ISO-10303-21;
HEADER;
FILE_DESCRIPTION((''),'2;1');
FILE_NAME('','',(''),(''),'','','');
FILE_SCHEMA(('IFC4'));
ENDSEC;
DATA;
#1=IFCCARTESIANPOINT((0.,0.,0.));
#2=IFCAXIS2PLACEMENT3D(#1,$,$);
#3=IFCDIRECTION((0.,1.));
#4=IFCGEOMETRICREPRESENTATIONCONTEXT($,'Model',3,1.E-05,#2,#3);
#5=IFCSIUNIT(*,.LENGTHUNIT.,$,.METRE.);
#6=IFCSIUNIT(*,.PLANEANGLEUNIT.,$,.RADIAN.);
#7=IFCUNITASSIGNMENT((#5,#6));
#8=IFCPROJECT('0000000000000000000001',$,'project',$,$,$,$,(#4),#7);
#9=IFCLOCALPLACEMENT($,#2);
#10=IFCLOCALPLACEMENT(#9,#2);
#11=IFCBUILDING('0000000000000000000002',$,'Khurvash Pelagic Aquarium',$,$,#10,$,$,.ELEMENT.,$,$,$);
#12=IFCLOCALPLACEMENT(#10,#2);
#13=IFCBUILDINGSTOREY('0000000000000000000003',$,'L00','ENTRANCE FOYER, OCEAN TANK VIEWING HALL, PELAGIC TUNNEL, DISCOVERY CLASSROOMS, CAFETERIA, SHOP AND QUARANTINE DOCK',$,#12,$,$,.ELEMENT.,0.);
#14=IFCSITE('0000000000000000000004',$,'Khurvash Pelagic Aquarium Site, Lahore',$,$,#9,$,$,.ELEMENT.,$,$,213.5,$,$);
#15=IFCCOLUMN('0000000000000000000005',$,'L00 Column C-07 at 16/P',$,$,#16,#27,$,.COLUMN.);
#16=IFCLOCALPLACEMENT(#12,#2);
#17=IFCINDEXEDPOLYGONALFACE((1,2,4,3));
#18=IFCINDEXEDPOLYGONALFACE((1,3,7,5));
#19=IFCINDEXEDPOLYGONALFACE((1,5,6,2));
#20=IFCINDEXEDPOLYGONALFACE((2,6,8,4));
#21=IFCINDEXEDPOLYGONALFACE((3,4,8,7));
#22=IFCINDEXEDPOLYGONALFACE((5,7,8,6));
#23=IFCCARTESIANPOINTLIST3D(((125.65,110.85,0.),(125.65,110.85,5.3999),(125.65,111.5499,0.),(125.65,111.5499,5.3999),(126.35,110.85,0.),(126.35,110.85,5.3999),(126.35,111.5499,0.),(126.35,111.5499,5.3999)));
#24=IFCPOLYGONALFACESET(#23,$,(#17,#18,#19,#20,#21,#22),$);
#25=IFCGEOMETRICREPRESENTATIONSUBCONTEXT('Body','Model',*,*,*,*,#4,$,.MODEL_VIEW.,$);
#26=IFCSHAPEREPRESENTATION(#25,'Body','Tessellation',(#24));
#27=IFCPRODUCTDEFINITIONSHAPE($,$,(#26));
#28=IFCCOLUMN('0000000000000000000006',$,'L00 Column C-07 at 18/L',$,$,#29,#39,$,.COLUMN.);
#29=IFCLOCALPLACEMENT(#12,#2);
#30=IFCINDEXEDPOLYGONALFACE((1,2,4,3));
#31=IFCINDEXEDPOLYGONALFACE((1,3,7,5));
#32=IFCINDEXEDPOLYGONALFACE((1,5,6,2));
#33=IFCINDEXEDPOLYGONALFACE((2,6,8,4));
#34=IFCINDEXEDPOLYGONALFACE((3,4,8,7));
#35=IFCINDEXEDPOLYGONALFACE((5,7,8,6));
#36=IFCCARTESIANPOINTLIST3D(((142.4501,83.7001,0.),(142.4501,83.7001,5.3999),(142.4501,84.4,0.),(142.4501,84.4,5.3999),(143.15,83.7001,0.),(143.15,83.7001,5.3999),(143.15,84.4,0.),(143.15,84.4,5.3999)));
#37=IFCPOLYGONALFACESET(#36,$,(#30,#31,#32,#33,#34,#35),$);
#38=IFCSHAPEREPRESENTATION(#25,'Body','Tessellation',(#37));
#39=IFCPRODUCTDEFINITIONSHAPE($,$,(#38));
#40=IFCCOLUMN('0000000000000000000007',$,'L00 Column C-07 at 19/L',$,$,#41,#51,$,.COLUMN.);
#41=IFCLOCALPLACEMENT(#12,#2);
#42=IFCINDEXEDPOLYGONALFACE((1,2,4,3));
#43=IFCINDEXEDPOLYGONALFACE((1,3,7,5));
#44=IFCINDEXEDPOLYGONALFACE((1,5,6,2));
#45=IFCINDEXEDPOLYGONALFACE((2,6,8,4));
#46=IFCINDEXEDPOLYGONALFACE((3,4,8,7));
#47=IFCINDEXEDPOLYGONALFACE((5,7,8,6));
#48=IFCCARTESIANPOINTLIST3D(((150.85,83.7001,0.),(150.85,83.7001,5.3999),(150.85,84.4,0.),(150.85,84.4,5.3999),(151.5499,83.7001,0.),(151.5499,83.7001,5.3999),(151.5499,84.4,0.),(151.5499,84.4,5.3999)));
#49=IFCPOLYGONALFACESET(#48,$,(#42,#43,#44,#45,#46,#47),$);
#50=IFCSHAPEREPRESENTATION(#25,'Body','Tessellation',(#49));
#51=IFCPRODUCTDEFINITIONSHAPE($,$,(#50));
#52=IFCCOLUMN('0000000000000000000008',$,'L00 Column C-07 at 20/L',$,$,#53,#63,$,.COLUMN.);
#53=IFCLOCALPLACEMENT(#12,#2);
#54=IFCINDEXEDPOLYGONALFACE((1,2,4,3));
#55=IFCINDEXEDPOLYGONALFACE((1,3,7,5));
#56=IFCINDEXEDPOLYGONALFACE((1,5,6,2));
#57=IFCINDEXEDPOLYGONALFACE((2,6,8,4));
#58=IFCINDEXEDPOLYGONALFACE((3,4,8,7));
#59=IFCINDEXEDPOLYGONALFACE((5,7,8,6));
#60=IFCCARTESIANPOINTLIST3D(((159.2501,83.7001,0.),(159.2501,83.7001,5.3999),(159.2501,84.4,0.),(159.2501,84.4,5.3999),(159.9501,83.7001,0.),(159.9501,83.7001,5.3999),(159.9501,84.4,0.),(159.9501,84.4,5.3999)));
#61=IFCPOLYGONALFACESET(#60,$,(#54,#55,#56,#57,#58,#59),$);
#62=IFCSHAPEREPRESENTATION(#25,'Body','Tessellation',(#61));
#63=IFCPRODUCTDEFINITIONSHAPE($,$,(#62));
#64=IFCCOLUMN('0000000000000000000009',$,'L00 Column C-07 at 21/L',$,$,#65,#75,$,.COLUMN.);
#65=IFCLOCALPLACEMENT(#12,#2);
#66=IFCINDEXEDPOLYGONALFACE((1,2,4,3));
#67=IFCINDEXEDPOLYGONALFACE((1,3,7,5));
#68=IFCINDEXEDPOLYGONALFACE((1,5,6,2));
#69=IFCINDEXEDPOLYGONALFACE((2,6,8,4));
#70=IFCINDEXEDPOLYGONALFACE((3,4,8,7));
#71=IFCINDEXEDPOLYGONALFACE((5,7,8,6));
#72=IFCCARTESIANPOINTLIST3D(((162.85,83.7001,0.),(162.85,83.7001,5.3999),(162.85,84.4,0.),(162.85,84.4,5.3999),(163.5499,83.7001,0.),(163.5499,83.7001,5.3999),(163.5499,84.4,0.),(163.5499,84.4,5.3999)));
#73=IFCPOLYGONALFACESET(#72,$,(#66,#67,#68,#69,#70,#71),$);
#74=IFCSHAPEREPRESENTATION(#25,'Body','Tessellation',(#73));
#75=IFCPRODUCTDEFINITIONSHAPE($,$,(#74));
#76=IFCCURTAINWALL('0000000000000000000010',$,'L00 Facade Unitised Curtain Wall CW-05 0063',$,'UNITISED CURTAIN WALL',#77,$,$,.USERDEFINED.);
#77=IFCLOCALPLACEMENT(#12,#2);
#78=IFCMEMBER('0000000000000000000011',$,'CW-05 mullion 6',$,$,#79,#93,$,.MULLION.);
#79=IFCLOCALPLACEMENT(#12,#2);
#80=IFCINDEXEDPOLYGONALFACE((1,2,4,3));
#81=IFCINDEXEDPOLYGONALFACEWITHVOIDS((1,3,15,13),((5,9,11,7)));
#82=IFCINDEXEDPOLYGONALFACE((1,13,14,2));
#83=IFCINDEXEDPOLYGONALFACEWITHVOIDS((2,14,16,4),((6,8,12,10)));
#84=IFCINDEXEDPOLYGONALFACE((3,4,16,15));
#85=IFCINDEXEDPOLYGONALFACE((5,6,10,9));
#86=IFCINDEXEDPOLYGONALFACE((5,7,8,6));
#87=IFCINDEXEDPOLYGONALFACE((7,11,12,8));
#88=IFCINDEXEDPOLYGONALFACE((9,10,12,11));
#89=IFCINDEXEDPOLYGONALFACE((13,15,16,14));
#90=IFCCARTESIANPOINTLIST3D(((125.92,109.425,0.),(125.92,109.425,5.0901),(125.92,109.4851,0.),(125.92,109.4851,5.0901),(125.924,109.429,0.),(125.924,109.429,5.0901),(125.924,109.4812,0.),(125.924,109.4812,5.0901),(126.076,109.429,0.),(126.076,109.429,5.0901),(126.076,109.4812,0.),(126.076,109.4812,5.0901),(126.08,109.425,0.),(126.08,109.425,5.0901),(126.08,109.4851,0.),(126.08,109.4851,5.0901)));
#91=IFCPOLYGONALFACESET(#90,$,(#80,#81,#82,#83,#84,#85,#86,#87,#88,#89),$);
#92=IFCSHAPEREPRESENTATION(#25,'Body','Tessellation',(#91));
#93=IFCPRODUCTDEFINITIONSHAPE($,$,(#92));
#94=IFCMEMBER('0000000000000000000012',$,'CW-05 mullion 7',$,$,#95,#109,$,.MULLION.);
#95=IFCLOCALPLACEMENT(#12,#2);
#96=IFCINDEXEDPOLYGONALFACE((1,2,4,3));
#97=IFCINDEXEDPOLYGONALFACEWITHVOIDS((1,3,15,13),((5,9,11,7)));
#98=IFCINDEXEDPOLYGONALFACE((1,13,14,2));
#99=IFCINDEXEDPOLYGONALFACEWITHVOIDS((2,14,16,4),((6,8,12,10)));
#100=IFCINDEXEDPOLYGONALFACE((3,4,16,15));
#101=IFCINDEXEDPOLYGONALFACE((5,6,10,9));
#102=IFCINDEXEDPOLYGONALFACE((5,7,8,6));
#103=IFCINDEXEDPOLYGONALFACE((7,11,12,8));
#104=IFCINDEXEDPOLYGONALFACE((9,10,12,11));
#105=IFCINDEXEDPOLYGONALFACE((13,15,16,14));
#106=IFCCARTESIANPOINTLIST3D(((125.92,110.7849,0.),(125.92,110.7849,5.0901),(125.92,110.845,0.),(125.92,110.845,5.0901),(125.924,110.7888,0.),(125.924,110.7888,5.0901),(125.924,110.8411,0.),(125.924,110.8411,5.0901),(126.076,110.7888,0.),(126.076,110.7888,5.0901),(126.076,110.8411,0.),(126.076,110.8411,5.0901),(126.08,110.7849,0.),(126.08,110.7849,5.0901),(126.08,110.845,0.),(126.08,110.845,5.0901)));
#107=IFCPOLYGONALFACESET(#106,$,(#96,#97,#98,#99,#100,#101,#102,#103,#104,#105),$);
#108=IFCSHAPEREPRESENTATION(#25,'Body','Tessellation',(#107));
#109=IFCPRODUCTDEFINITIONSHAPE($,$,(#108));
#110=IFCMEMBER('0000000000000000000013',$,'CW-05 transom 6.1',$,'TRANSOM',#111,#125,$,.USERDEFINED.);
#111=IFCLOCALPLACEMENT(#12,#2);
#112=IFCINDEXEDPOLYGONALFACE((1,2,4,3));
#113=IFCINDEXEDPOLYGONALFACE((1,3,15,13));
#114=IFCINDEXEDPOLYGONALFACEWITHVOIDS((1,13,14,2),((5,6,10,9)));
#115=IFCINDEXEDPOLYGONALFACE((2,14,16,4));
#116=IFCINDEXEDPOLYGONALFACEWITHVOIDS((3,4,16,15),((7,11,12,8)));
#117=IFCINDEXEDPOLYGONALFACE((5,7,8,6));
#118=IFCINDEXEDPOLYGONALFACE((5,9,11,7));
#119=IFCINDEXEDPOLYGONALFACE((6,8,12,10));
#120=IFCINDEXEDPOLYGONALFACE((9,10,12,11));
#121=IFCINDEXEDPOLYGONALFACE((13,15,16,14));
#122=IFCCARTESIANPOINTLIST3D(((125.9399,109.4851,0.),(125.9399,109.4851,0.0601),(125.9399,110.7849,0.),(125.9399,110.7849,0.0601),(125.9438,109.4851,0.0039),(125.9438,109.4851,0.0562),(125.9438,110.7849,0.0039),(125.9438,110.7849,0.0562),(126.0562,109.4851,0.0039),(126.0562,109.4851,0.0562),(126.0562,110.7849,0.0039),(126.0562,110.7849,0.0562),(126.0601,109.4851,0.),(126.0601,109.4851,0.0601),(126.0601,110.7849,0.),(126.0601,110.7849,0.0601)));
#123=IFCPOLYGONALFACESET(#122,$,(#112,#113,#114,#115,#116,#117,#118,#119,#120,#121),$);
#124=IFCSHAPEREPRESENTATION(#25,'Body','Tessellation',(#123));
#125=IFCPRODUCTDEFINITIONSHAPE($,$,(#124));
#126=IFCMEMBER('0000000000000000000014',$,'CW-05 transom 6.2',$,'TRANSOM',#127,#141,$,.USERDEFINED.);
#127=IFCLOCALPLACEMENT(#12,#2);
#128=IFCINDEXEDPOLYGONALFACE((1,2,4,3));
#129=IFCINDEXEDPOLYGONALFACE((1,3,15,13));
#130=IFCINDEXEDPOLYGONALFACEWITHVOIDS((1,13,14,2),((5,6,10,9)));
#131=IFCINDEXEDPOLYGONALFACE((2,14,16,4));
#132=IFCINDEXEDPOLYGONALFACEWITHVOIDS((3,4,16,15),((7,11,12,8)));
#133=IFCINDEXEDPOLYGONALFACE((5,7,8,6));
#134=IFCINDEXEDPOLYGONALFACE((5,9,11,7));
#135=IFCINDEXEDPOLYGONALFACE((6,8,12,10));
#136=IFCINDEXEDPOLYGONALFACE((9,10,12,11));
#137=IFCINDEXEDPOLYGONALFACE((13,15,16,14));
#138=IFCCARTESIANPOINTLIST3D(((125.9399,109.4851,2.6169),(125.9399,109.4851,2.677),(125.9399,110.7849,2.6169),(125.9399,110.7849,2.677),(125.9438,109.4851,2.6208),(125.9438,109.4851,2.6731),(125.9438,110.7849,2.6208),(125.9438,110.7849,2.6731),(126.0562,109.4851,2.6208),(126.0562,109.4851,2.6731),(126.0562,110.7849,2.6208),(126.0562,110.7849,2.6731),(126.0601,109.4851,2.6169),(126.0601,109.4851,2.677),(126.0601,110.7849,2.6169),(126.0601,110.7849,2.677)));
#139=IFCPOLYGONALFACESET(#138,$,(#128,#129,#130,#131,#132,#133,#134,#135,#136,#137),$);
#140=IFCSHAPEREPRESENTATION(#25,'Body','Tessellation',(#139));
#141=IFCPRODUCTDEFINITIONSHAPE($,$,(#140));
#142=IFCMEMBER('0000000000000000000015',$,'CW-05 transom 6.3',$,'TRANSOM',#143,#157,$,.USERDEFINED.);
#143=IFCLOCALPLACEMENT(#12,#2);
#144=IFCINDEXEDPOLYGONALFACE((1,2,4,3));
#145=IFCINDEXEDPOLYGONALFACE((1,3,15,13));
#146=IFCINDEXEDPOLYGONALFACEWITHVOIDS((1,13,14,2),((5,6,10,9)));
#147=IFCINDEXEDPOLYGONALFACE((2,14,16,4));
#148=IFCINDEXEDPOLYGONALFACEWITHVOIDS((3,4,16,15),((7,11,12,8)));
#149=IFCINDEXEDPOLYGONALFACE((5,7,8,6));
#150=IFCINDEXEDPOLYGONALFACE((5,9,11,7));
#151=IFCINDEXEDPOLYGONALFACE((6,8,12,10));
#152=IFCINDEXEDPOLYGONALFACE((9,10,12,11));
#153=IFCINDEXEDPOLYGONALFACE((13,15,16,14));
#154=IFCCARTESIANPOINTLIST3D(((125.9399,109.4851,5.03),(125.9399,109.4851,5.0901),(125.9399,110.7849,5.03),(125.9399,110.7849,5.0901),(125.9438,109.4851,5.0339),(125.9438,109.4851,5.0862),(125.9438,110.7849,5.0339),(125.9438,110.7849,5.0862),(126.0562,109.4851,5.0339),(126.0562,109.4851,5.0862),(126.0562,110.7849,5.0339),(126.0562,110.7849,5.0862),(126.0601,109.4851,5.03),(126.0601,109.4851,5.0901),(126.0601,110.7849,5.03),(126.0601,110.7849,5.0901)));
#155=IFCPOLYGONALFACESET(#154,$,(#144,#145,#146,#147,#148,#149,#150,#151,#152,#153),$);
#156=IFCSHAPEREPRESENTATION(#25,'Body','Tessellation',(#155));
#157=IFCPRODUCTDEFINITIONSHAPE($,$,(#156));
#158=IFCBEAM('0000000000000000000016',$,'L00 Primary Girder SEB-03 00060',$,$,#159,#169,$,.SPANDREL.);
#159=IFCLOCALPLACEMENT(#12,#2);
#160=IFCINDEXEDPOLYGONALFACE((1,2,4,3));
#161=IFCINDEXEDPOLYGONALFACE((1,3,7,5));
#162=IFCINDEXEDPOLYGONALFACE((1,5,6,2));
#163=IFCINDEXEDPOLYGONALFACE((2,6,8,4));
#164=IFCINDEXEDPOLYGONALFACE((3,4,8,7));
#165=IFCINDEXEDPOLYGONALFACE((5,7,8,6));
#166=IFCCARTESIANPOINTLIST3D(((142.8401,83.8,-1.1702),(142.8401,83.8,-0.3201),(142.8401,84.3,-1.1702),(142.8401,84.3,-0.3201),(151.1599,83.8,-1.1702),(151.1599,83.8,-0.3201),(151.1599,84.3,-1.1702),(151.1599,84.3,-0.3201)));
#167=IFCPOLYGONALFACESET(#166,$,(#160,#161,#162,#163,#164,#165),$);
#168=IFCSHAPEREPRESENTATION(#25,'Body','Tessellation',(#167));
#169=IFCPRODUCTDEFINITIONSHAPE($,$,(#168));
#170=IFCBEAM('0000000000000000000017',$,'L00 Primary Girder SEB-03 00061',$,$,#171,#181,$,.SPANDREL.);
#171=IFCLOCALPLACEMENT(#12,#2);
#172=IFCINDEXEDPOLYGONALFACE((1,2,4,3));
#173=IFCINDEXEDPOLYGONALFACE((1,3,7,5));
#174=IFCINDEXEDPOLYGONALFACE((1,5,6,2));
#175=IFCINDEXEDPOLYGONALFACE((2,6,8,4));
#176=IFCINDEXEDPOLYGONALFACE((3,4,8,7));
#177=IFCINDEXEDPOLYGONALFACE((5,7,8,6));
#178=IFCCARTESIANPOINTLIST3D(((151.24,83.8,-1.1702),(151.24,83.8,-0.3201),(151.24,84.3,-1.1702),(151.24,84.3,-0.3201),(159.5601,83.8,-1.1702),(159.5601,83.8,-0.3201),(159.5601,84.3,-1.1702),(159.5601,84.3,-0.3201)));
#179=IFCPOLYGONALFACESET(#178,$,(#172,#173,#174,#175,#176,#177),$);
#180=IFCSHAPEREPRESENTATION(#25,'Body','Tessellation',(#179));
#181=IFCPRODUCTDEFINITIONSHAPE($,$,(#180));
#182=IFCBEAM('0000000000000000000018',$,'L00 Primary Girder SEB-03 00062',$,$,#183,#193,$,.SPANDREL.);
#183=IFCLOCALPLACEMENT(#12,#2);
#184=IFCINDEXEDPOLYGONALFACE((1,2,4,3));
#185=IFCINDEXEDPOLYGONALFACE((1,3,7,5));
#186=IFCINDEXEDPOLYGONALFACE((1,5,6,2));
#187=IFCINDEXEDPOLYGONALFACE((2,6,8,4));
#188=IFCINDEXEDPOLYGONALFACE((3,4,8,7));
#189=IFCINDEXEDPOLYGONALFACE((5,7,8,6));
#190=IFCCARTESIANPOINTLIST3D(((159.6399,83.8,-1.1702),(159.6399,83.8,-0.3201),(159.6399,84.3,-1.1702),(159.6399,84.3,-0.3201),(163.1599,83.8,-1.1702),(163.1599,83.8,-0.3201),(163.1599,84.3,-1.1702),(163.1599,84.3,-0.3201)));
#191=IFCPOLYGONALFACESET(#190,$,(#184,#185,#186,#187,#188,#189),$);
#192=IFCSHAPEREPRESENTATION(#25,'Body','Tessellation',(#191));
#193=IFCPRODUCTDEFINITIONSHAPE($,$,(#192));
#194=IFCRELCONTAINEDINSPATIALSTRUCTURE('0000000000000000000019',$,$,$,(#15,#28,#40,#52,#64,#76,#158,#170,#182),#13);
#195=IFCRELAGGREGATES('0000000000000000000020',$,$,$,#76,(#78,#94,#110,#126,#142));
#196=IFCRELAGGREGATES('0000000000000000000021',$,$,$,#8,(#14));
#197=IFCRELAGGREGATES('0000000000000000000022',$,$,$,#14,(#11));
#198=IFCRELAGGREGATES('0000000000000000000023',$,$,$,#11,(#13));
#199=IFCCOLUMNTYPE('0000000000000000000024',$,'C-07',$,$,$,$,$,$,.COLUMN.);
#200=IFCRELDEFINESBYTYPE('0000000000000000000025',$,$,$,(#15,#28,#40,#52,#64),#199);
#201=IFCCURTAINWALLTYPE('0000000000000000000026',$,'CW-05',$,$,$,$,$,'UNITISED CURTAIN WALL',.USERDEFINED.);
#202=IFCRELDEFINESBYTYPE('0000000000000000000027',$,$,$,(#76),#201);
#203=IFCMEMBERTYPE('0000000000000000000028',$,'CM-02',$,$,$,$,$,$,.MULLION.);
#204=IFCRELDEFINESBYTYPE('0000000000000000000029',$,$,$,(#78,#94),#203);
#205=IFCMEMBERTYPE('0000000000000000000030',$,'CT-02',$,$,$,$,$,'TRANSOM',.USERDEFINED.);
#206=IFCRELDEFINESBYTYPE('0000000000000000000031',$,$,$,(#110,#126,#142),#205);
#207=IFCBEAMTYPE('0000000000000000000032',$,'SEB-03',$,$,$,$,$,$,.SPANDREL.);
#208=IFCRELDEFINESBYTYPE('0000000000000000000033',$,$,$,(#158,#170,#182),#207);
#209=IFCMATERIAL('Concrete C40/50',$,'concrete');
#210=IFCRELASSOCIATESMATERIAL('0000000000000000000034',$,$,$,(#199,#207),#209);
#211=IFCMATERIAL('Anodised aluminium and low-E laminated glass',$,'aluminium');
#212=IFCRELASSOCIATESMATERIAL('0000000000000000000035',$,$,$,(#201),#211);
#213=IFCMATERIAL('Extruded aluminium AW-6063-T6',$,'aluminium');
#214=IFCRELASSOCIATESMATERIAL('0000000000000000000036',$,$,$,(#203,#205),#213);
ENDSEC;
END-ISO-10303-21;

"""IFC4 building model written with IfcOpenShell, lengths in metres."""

from ifc_helpers import new_model, si_unit, direction, frame, origin, origin_2d, place, context, subcontext, project, spatial, rectangle, hollow_rectangle, extrude, material, material_profile, profile_set, type_object, element, aggregate, save


model = new_model("IFC4")

# Units and contexts
model_context = context("Model", 3, precision=1e-05, world=origin(), true_north=direction((0.0, 1.0)))
body_context = subcontext(model_context, "Body", "Model", "MODEL_VIEW")
ifc_project = project(units=[si_unit("LENGTHUNIT", "METRE"), si_unit("PLANEANGLEUNIT", "RADIAN")], contexts=[model_context])

# Site, building, storey
site_placement = place(None, origin())
site = spatial("IfcSite", under=ifc_project, at=site_placement, Name="Khurvash Pelagic Aquarium Site, Lahore", CompositionType="ELEMENT", RefElevation=213.5)
building_placement = place(site_placement, origin())
building = spatial("IfcBuilding", under=site, at=building_placement, Name="Khurvash Pelagic Aquarium", CompositionType="ELEMENT")
storey_placement = place(building_placement, origin())
storey = spatial("IfcBuildingStorey", under=building, at=storey_placement, Name="L00", Description="ENTRANCE FOYER, OCEAN TANK VIEWING HALL, PELAGIC TUNNEL, DISCOVERY CLASSROOMS, CAFETERIA, SHOP AND QUARANTINE DOCK", CompositionType="ELEMENT", Elevation=0.0)

# Columns
ifc_material_1 = material(Name="Concrete C40/50", Category="concrete")
ifc_material_profile_1 = material_profile(ifc_material_1, rectangle(XDim=0.7, YDim=0.7, at=origin_2d()), Name="RC700X700")
ifc_profile_set_1 = profile_set([ifc_material_profile_1], Name="Concrete C40/50")
column_type = type_object("IfcColumnType", Name="C-07", PredefinedType="COLUMN", material=ifc_profile_set_1)
for number, where, z_axis, x_axis, name in (
    (1, (126.0, 111.2, 0.0), (0.0, 0.0, 1.0), (1.0, 0.0, 0.0), "L00 Column C-07 at 16/P"),
    (2, (142.8, 84.05, 0.0), (0.0, 0.0, 1.0), (1.0, 0.0, 0.0), "L00 Column C-07 at 18/L"),
    (3, (151.2, 84.05, 0.0), (0.0, 0.0, 1.0), (1.0, 0.0, 0.0), "L00 Column C-07 at 19/L"),
    (4, (159.6001, 84.05, 0.0), (0.0, 0.0, 1.0), (1.0, 0.0, 0.0), "L00 Column C-07 at 20/L"),
    (5, (163.2, 84.05, 0.0), (0.0, 0.0, 1.0), (1.0, 0.0, 0.0), "L00 Column C-07 at 21/L"),
):
    element("IfcColumn", number, at=place(storey_placement, frame(where, z_axis=z_axis, x_axis=x_axis)), inside=storey, type_object=column_type, Name=name, PredefinedType="COLUMN", context=body_context, shape_type="SweptSolid", body=[
        extrude(rectangle(XDim=0.7, YDim=0.7, at=origin_2d()), origin(), (0.0, 0.0, 1.0), 5.3999),
    ])

# Curtain wall, members
ifc_material_2 = material(Name="Anodised aluminium and low-E laminated glass", Category="aluminium")
curtain_wall_type = type_object("IfcCurtainWallType", Name="CW-05", ElementType="UNITISED CURTAIN WALL", PredefinedType="USERDEFINED", material=ifc_material_2)
curtain_wall_placement = place(storey_placement, origin())
curtain_wall = element("IfcCurtainWall", 6, at=curtain_wall_placement, inside=storey, type_object=curtain_wall_type, Name="L00 Facade Unitised Curtain Wall CW-05 0063", ObjectType="UNITISED CURTAIN WALL", PredefinedType="USERDEFINED")
ifc_material_3 = material(Name="Extruded aluminium AW-6063-T6", Category="aluminium")
ifc_material_profile_2 = material_profile(ifc_material_3, hollow_rectangle(XDim=0.0601, YDim=0.1599, WallThickness=0.0039, at=origin_2d()), Name="CWM60X160X4")
ifc_profile_set_2 = profile_set([ifc_material_profile_2], Name="Extruded aluminium AW-6063-T6")
member_type_1 = type_object("IfcMemberType", Name="CM-02", PredefinedType="MULLION", material=ifc_profile_set_2)
member_1_placement = place(storey_placement, frame((126.0, 109.4551, 0.0), z_axis=(0.0, 0.0, 1.0), x_axis=(0.0, 1.0, 0.0)))
member_1 = element("IfcMember", 7, at=member_1_placement, type_object=member_type_1, Name="CW-05 mullion 6", PredefinedType="MULLION", context=body_context, shape_type="SweptSolid", body=[
    extrude(hollow_rectangle(XDim=0.0601, YDim=0.1599, WallThickness=0.0039, at=origin_2d()), origin(), (0.0, 0.0, 1.0), 5.0901),
])
member_2_placement = place(storey_placement, frame((126.0, 110.8149, 0.0), z_axis=(0.0, 0.0, 1.0), x_axis=(0.0, 1.0, 0.0)))
member_2 = element("IfcMember", 8, at=member_2_placement, type_object=member_type_1, Name="CW-05 mullion 7", PredefinedType="MULLION", context=body_context, shape_type="SweptSolid", body=[
    extrude(hollow_rectangle(XDim=0.0601, YDim=0.1599, WallThickness=0.0039, at=origin_2d()), origin(), (0.0, 0.0, 1.0), 5.0901),
])
ifc_material_profile_3 = material_profile(ifc_material_3, hollow_rectangle(XDim=0.1201, YDim=0.0601, WallThickness=0.0039, at=origin_2d()), Name="CWT120X60X4")
ifc_profile_set_3 = profile_set([ifc_material_profile_3], Name="Extruded aluminium AW-6063-T6")
member_type_2 = type_object("IfcMemberType", Name="CT-02", ElementType="TRANSOM", PredefinedType="USERDEFINED", material=ifc_profile_set_3)
member_3_placement = place(storey_placement, frame((126.0, 109.4851, 0.03), z_axis=(0.0, 1.0, 0.0), x_axis=(-1.0, 0.0, 0.0)))
member_3 = element("IfcMember", 9, at=member_3_placement, type_object=member_type_2, Name="CW-05 transom 6.1", ObjectType="TRANSOM", PredefinedType="USERDEFINED", context=body_context, shape_type="SweptSolid", body=[
    extrude(hollow_rectangle(XDim=0.1201, YDim=0.0601, WallThickness=0.0039, at=origin_2d()), origin(), (0.0, 0.0, 1.0), 1.2998),
])
member_4_placement = place(storey_placement, frame((126.0, 109.4851, 2.647), z_axis=(0.0, 1.0, 0.0), x_axis=(-1.0, 0.0, 0.0)))
member_4 = element("IfcMember", 10, at=member_4_placement, type_object=member_type_2, Name="CW-05 transom 6.2", ObjectType="TRANSOM", PredefinedType="USERDEFINED", context=body_context, shape_type="SweptSolid", body=[
    extrude(hollow_rectangle(XDim=0.1201, YDim=0.0601, WallThickness=0.0039, at=origin_2d()), origin(), (0.0, 0.0, 1.0), 1.2998),
])
member_5_placement = place(storey_placement, frame((126.0, 109.4851, 5.0601), z_axis=(0.0, 1.0, 0.0), x_axis=(-1.0, 0.0, 0.0)))
member_5 = element("IfcMember", 11, at=member_5_placement, type_object=member_type_2, Name="CW-05 transom 6.3", ObjectType="TRANSOM", PredefinedType="USERDEFINED", context=body_context, shape_type="SweptSolid", body=[
    extrude(hollow_rectangle(XDim=0.1201, YDim=0.0601, WallThickness=0.0039, at=origin_2d()), origin(), (0.0, 0.0, 1.0), 1.2998),
])

# Beams
ifc_material_profile_4 = material_profile(ifc_material_1, rectangle(XDim=0.5, YDim=0.8501, at=origin_2d()), Name="RC500X850")
ifc_profile_set_4 = profile_set([ifc_material_profile_4], Name="Concrete C40/50")
beam_type = type_object("IfcBeamType", Name="SEB-03", PredefinedType="SPANDREL", material=ifc_profile_set_4)
beam_1_placement = place(storey_placement, frame((142.8401, 84.05, -0.7451), z_axis=(1.0, 0.0, 0.0), x_axis=(0.0, 1.0, 0.0)))
element("IfcBeam", 12, at=beam_1_placement, inside=storey, type_object=beam_type, Name="L00 Primary Girder SEB-03 00060", PredefinedType="SPANDREL", context=body_context, shape_type="SweptSolid", body=[
    extrude(rectangle(XDim=0.5, YDim=0.8501, at=origin_2d()), origin(), (0.0, 0.0, 1.0), 8.3198),
])
beam_2_placement = place(storey_placement, frame((151.24, 84.05, -0.7451), z_axis=(1.0, 0.0, 0.0), x_axis=(0.0, 1.0, 0.0)))
element("IfcBeam", 13, at=beam_2_placement, inside=storey, type_object=beam_type, Name="L00 Primary Girder SEB-03 00061", PredefinedType="SPANDREL", context=body_context, shape_type="SweptSolid", body=[
    extrude(rectangle(XDim=0.5, YDim=0.8501, at=origin_2d()), origin(), (0.0, 0.0, 1.0), 8.3201),
])
beam_3_placement = place(storey_placement, frame((159.6399, 84.05, -0.7451), z_axis=(1.0, 0.0, 0.0), x_axis=(0.0, 1.0, 0.0)))
element("IfcBeam", 14, at=beam_3_placement, inside=storey, type_object=beam_type, Name="L00 Primary Girder SEB-03 00062", PredefinedType="SPANDREL", context=body_context, shape_type="SweptSolid", body=[
    extrude(rectangle(XDim=0.5, YDim=0.8501, at=origin_2d()), origin(), (0.0, 0.0, 1.0), 3.52),
])

aggregate(curtain_wall, [member_1, member_2, member_3, member_4, member_5])

save(model, "model.ifc")
